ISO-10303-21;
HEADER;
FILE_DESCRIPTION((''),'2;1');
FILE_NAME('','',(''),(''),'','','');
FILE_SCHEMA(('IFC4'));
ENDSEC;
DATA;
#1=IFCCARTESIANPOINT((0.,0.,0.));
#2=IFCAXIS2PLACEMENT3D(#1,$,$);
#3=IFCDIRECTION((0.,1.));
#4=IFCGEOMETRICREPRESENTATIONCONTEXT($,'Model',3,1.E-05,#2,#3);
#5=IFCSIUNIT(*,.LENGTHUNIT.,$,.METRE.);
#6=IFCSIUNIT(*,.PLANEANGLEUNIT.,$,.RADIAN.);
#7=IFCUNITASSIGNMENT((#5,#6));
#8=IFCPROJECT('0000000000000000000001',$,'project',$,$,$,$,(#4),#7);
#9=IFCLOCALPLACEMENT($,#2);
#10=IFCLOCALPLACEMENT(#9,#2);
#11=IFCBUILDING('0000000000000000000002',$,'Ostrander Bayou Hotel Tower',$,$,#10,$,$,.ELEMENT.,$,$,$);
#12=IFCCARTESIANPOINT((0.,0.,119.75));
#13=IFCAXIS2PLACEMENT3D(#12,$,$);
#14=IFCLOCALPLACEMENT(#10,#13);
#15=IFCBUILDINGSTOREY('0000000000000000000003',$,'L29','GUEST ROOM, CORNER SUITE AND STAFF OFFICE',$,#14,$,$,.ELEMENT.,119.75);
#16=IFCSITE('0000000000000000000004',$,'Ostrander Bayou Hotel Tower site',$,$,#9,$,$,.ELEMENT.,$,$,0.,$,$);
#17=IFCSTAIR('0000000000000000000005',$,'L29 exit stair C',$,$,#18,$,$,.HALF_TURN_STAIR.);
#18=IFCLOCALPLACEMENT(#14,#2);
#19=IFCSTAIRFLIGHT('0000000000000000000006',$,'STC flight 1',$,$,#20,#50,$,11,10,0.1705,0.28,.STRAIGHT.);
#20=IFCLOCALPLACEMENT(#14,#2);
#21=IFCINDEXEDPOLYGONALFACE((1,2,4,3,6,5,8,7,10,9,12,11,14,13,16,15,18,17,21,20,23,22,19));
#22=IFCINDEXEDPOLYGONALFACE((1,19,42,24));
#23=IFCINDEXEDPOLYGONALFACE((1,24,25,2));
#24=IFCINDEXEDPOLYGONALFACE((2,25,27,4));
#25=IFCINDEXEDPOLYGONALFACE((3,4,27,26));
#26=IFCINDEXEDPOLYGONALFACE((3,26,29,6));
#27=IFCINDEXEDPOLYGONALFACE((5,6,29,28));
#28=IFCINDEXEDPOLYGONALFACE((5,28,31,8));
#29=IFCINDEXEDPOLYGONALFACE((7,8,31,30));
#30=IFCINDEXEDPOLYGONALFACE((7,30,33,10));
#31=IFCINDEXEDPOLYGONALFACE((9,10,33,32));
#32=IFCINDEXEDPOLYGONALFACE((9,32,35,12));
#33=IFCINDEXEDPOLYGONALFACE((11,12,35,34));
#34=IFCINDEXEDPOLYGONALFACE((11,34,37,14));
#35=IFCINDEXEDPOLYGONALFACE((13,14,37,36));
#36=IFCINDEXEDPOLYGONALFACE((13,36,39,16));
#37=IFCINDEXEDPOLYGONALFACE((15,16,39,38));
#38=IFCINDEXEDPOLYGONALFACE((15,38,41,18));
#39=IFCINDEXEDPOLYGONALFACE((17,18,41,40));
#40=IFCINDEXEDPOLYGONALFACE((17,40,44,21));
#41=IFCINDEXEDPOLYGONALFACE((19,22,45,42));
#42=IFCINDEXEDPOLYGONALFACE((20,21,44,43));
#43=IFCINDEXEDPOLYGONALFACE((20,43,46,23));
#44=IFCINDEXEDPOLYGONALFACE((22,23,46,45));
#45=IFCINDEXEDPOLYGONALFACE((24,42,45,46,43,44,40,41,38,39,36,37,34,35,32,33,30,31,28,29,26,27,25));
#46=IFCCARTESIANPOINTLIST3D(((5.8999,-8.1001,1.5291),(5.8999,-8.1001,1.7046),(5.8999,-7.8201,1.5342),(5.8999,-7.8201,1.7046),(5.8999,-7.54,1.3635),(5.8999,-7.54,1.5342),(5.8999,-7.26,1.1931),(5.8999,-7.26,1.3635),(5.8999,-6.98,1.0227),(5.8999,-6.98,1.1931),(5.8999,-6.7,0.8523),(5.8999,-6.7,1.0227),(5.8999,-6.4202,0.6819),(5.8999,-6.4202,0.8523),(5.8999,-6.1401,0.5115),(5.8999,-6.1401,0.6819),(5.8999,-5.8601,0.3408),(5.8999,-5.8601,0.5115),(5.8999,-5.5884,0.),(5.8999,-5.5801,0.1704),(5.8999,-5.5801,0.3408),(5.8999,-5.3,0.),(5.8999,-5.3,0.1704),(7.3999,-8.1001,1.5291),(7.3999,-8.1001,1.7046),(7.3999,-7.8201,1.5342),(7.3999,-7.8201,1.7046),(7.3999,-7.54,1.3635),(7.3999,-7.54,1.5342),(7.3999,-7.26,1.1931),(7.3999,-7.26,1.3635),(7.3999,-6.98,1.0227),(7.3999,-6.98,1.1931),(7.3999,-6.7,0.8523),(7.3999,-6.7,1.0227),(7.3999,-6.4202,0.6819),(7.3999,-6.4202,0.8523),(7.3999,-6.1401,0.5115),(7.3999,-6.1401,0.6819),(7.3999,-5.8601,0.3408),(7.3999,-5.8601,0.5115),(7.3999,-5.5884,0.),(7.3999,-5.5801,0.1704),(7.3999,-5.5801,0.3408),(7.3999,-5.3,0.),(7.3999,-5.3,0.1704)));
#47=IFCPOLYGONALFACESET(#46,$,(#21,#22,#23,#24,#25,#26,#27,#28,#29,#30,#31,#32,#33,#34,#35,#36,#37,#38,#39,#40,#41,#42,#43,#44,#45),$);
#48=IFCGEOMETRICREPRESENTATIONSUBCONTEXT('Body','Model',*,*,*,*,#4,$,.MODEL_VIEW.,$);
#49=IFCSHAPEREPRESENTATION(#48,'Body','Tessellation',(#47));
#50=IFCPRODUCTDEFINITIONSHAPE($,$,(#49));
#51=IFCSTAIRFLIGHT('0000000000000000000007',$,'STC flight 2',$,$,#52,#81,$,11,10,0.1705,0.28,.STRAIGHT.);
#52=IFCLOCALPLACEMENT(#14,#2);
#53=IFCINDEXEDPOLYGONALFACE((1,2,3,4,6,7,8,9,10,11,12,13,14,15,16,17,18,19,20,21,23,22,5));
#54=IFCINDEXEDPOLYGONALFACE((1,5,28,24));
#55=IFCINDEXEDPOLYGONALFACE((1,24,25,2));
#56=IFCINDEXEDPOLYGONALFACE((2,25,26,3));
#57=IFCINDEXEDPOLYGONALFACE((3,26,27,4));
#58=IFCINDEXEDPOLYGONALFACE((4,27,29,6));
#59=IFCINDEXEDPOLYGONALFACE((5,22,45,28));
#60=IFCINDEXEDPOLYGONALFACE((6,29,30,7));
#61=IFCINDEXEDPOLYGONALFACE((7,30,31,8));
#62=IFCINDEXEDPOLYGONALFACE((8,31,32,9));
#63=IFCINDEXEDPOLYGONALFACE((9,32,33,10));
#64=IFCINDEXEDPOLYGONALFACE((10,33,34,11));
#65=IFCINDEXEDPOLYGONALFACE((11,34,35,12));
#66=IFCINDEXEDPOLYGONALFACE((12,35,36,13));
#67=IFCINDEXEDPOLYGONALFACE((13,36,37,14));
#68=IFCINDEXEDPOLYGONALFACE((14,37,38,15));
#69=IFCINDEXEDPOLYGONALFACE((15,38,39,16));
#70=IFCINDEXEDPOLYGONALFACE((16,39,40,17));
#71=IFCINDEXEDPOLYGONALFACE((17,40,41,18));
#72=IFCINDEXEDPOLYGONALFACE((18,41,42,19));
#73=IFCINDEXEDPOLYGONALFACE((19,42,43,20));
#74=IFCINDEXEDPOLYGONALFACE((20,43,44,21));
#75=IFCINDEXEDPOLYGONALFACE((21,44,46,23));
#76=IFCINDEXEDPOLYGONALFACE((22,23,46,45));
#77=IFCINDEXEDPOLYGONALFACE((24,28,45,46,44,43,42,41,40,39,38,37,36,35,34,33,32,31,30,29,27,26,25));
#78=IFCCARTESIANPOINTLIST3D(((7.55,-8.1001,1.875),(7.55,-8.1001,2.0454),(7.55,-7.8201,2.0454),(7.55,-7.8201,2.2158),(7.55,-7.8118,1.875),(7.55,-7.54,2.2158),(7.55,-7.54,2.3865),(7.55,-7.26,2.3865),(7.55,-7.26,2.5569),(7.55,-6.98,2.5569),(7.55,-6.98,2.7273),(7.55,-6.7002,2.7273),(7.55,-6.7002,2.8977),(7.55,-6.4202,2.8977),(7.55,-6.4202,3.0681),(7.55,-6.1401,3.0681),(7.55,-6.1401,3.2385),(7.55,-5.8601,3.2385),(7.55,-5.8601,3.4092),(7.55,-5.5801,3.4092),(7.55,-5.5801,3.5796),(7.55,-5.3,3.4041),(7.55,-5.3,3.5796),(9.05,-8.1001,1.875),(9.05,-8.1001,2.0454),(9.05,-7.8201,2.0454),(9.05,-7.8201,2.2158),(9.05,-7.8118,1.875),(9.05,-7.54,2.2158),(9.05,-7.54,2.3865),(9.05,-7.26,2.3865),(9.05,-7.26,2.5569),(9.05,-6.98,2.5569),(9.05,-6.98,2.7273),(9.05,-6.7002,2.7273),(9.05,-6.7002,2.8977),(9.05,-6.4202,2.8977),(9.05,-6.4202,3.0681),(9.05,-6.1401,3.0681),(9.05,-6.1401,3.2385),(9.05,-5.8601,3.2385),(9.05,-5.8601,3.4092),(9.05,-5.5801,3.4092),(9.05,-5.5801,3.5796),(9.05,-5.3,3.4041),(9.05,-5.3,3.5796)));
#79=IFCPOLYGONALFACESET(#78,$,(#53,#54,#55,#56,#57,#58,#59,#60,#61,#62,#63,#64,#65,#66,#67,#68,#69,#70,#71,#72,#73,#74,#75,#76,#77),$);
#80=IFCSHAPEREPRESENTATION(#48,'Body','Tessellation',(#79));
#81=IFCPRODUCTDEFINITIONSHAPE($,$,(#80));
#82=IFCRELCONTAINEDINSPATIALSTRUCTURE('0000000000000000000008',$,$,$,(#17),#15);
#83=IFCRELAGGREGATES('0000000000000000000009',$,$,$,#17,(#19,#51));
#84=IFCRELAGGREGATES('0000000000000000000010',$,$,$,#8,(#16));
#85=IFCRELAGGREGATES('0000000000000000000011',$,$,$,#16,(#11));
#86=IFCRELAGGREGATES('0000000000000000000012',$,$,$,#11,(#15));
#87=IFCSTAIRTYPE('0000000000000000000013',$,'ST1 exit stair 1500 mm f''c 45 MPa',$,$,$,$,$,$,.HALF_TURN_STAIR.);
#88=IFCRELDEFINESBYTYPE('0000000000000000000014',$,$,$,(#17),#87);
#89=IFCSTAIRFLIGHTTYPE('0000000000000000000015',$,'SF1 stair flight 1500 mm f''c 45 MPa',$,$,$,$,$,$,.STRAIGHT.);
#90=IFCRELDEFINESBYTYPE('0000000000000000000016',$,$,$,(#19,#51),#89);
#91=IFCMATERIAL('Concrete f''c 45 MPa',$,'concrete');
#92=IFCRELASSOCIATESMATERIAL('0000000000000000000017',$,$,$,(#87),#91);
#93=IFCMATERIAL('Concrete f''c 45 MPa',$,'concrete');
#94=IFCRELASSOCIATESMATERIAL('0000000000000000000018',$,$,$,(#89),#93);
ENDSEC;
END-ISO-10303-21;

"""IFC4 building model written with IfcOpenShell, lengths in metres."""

from ifc_helpers import new_model, si_unit, direction, frame, origin, place, context, subcontext, project, spatial, polyline, outline, extrude, material, type_object, element, aggregate, save


model = new_model("IFC4")

# Units and contexts
model_context = context("Model", 3, precision=1e-05, world=origin(), true_north=direction((0.0, 1.0)))
body_context = subcontext(model_context, "Body", "Model", "MODEL_VIEW")
ifc_project = project(units=[si_unit("LENGTHUNIT", "METRE"), si_unit("PLANEANGLEUNIT", "RADIAN")], contexts=[model_context])

# Site, building, storey
site_placement = place(None, origin())
site = spatial("IfcSite", under=ifc_project, at=site_placement, Name="Ostrander Bayou Hotel Tower site", CompositionType="ELEMENT", RefElevation=0.0)
building_placement = place(site_placement, origin())
building = spatial("IfcBuilding", under=site, at=building_placement, Name="Ostrander Bayou Hotel Tower", CompositionType="ELEMENT")
storey_placement = place(building_placement, frame((0.0, 0.0, 119.75)))
storey = spatial("IfcBuildingStorey", under=building, at=storey_placement, Name="L29", Description="GUEST ROOM, CORNER SUITE AND STAFF OFFICE", CompositionType="ELEMENT", Elevation=119.75)

# Shared definitions
ifc_material_1 = material(Name="Concrete f'c 45 MPa", Category="concrete")
stair_type = type_object("IfcStairType", Name="ST1 exit stair 1500 mm f'c 45 MPa", PredefinedType="HALF_TURN_STAIR", material=ifc_material_1)

# Stair, stair flights
stair_1_placement = place(storey_placement, origin())
stair_1 = element("IfcStair", 1, at=stair_1_placement, inside=storey, type_object=stair_type, Name="L29 exit stair C", PredefinedType="HALF_TURN_STAIR")
ifc_material_2 = material(Name="Concrete f'c 45 MPa", Category="concrete")
stair_flight_type = type_object("IfcStairFlightType", Name="SF1 stair flight 1500 mm f'c 45 MPa", PredefinedType="STRAIGHT", material=ifc_material_2)
stair_flight_1_placement = place(storey_placement, frame((6.6499, -5.3, 0.0), z_axis=(0.0, 0.0, 1.0), x_axis=(0.0, -1.0, 0.0)))
stair_flight_1 = element("IfcStairFlight", 2, at=stair_flight_1_placement, type_object=stair_flight_type, Name="STC flight 1", NumberOfRisers=11, NumberOfTreads=10, PredefinedType="STRAIGHT", RiserHeight=0.1705, TreadLength=0.28, context=body_context, shape_type="SweptSolid", body=[
    extrude(outline(polyline([(0.0, 0.0), (0.0, 0.1704), (0.28, 0.1704), (0.28, 0.3408), (0.5601, 0.3408), (0.5601, 0.5115), (0.8401, 0.5115), (0.8401, 0.6819), (1.1201, 0.6819), (1.1201, 0.8523), (1.3999, 0.8523), (1.3999, 1.0227), (1.6799, 1.0227), (1.6799, 1.1931), (1.96, 1.1931), (1.96, 1.3635), (2.24, 1.3635), (2.24, 1.5342), (2.52, 1.5342), (2.52, 1.7046), (2.8, 1.7046), (2.8, 1.875), (2.8, 1.5291), (0.2883, 0.0), (0.0, 0.0)])), frame((0.0, 0.75, 0.0), z_axis=(0.0, -1.0, 0.0), x_axis=(1.0, 0.0, 0.0)), (0.0, 0.0, 1.0), 1.5),
])
stair_flight_2_placement = place(storey_placement, frame((8.3, -8.1001, 1.875), z_axis=(0.0, 0.0, 1.0), x_axis=(0.0, 1.0, 0.0)))
stair_flight_2 = element("IfcStairFlight", 3, at=stair_flight_2_placement, type_object=stair_flight_type, Name="STC flight 2", NumberOfRisers=11, NumberOfTreads=10, PredefinedType="STRAIGHT", RiserHeight=0.1705, TreadLength=0.28, context=body_context, shape_type="SweptSolid", body=[
    extrude(outline(polyline([(0.0, 0.0), (0.0, 0.1704), (0.28, 0.1704), (0.28, 0.3408), (0.5601, 0.3408), (0.5601, 0.5115), (0.8401, 0.5115), (0.8401, 0.6819), (1.1201, 0.6819), (1.1201, 0.8523), (1.3999, 0.8523), (1.3999, 1.0227), (1.6799, 1.0227), (1.6799, 1.1931), (1.96, 1.1931), (1.96, 1.3635), (2.24, 1.3635), (2.24, 1.5342), (2.52, 1.5342), (2.52, 1.7046), (2.8, 1.7046), (2.8, 1.875), (2.8, 1.5291), (0.2883, 0.0), (0.0, 0.0)])), frame((0.0, 0.75, 0.0), z_axis=(0.0, -1.0, 0.0), x_axis=(1.0, 0.0, 0.0)), (0.0, 0.0, 1.0), 1.5),
])
aggregate(stair_1, [stair_flight_1, stair_flight_2])

save(model, "model.ifc")
